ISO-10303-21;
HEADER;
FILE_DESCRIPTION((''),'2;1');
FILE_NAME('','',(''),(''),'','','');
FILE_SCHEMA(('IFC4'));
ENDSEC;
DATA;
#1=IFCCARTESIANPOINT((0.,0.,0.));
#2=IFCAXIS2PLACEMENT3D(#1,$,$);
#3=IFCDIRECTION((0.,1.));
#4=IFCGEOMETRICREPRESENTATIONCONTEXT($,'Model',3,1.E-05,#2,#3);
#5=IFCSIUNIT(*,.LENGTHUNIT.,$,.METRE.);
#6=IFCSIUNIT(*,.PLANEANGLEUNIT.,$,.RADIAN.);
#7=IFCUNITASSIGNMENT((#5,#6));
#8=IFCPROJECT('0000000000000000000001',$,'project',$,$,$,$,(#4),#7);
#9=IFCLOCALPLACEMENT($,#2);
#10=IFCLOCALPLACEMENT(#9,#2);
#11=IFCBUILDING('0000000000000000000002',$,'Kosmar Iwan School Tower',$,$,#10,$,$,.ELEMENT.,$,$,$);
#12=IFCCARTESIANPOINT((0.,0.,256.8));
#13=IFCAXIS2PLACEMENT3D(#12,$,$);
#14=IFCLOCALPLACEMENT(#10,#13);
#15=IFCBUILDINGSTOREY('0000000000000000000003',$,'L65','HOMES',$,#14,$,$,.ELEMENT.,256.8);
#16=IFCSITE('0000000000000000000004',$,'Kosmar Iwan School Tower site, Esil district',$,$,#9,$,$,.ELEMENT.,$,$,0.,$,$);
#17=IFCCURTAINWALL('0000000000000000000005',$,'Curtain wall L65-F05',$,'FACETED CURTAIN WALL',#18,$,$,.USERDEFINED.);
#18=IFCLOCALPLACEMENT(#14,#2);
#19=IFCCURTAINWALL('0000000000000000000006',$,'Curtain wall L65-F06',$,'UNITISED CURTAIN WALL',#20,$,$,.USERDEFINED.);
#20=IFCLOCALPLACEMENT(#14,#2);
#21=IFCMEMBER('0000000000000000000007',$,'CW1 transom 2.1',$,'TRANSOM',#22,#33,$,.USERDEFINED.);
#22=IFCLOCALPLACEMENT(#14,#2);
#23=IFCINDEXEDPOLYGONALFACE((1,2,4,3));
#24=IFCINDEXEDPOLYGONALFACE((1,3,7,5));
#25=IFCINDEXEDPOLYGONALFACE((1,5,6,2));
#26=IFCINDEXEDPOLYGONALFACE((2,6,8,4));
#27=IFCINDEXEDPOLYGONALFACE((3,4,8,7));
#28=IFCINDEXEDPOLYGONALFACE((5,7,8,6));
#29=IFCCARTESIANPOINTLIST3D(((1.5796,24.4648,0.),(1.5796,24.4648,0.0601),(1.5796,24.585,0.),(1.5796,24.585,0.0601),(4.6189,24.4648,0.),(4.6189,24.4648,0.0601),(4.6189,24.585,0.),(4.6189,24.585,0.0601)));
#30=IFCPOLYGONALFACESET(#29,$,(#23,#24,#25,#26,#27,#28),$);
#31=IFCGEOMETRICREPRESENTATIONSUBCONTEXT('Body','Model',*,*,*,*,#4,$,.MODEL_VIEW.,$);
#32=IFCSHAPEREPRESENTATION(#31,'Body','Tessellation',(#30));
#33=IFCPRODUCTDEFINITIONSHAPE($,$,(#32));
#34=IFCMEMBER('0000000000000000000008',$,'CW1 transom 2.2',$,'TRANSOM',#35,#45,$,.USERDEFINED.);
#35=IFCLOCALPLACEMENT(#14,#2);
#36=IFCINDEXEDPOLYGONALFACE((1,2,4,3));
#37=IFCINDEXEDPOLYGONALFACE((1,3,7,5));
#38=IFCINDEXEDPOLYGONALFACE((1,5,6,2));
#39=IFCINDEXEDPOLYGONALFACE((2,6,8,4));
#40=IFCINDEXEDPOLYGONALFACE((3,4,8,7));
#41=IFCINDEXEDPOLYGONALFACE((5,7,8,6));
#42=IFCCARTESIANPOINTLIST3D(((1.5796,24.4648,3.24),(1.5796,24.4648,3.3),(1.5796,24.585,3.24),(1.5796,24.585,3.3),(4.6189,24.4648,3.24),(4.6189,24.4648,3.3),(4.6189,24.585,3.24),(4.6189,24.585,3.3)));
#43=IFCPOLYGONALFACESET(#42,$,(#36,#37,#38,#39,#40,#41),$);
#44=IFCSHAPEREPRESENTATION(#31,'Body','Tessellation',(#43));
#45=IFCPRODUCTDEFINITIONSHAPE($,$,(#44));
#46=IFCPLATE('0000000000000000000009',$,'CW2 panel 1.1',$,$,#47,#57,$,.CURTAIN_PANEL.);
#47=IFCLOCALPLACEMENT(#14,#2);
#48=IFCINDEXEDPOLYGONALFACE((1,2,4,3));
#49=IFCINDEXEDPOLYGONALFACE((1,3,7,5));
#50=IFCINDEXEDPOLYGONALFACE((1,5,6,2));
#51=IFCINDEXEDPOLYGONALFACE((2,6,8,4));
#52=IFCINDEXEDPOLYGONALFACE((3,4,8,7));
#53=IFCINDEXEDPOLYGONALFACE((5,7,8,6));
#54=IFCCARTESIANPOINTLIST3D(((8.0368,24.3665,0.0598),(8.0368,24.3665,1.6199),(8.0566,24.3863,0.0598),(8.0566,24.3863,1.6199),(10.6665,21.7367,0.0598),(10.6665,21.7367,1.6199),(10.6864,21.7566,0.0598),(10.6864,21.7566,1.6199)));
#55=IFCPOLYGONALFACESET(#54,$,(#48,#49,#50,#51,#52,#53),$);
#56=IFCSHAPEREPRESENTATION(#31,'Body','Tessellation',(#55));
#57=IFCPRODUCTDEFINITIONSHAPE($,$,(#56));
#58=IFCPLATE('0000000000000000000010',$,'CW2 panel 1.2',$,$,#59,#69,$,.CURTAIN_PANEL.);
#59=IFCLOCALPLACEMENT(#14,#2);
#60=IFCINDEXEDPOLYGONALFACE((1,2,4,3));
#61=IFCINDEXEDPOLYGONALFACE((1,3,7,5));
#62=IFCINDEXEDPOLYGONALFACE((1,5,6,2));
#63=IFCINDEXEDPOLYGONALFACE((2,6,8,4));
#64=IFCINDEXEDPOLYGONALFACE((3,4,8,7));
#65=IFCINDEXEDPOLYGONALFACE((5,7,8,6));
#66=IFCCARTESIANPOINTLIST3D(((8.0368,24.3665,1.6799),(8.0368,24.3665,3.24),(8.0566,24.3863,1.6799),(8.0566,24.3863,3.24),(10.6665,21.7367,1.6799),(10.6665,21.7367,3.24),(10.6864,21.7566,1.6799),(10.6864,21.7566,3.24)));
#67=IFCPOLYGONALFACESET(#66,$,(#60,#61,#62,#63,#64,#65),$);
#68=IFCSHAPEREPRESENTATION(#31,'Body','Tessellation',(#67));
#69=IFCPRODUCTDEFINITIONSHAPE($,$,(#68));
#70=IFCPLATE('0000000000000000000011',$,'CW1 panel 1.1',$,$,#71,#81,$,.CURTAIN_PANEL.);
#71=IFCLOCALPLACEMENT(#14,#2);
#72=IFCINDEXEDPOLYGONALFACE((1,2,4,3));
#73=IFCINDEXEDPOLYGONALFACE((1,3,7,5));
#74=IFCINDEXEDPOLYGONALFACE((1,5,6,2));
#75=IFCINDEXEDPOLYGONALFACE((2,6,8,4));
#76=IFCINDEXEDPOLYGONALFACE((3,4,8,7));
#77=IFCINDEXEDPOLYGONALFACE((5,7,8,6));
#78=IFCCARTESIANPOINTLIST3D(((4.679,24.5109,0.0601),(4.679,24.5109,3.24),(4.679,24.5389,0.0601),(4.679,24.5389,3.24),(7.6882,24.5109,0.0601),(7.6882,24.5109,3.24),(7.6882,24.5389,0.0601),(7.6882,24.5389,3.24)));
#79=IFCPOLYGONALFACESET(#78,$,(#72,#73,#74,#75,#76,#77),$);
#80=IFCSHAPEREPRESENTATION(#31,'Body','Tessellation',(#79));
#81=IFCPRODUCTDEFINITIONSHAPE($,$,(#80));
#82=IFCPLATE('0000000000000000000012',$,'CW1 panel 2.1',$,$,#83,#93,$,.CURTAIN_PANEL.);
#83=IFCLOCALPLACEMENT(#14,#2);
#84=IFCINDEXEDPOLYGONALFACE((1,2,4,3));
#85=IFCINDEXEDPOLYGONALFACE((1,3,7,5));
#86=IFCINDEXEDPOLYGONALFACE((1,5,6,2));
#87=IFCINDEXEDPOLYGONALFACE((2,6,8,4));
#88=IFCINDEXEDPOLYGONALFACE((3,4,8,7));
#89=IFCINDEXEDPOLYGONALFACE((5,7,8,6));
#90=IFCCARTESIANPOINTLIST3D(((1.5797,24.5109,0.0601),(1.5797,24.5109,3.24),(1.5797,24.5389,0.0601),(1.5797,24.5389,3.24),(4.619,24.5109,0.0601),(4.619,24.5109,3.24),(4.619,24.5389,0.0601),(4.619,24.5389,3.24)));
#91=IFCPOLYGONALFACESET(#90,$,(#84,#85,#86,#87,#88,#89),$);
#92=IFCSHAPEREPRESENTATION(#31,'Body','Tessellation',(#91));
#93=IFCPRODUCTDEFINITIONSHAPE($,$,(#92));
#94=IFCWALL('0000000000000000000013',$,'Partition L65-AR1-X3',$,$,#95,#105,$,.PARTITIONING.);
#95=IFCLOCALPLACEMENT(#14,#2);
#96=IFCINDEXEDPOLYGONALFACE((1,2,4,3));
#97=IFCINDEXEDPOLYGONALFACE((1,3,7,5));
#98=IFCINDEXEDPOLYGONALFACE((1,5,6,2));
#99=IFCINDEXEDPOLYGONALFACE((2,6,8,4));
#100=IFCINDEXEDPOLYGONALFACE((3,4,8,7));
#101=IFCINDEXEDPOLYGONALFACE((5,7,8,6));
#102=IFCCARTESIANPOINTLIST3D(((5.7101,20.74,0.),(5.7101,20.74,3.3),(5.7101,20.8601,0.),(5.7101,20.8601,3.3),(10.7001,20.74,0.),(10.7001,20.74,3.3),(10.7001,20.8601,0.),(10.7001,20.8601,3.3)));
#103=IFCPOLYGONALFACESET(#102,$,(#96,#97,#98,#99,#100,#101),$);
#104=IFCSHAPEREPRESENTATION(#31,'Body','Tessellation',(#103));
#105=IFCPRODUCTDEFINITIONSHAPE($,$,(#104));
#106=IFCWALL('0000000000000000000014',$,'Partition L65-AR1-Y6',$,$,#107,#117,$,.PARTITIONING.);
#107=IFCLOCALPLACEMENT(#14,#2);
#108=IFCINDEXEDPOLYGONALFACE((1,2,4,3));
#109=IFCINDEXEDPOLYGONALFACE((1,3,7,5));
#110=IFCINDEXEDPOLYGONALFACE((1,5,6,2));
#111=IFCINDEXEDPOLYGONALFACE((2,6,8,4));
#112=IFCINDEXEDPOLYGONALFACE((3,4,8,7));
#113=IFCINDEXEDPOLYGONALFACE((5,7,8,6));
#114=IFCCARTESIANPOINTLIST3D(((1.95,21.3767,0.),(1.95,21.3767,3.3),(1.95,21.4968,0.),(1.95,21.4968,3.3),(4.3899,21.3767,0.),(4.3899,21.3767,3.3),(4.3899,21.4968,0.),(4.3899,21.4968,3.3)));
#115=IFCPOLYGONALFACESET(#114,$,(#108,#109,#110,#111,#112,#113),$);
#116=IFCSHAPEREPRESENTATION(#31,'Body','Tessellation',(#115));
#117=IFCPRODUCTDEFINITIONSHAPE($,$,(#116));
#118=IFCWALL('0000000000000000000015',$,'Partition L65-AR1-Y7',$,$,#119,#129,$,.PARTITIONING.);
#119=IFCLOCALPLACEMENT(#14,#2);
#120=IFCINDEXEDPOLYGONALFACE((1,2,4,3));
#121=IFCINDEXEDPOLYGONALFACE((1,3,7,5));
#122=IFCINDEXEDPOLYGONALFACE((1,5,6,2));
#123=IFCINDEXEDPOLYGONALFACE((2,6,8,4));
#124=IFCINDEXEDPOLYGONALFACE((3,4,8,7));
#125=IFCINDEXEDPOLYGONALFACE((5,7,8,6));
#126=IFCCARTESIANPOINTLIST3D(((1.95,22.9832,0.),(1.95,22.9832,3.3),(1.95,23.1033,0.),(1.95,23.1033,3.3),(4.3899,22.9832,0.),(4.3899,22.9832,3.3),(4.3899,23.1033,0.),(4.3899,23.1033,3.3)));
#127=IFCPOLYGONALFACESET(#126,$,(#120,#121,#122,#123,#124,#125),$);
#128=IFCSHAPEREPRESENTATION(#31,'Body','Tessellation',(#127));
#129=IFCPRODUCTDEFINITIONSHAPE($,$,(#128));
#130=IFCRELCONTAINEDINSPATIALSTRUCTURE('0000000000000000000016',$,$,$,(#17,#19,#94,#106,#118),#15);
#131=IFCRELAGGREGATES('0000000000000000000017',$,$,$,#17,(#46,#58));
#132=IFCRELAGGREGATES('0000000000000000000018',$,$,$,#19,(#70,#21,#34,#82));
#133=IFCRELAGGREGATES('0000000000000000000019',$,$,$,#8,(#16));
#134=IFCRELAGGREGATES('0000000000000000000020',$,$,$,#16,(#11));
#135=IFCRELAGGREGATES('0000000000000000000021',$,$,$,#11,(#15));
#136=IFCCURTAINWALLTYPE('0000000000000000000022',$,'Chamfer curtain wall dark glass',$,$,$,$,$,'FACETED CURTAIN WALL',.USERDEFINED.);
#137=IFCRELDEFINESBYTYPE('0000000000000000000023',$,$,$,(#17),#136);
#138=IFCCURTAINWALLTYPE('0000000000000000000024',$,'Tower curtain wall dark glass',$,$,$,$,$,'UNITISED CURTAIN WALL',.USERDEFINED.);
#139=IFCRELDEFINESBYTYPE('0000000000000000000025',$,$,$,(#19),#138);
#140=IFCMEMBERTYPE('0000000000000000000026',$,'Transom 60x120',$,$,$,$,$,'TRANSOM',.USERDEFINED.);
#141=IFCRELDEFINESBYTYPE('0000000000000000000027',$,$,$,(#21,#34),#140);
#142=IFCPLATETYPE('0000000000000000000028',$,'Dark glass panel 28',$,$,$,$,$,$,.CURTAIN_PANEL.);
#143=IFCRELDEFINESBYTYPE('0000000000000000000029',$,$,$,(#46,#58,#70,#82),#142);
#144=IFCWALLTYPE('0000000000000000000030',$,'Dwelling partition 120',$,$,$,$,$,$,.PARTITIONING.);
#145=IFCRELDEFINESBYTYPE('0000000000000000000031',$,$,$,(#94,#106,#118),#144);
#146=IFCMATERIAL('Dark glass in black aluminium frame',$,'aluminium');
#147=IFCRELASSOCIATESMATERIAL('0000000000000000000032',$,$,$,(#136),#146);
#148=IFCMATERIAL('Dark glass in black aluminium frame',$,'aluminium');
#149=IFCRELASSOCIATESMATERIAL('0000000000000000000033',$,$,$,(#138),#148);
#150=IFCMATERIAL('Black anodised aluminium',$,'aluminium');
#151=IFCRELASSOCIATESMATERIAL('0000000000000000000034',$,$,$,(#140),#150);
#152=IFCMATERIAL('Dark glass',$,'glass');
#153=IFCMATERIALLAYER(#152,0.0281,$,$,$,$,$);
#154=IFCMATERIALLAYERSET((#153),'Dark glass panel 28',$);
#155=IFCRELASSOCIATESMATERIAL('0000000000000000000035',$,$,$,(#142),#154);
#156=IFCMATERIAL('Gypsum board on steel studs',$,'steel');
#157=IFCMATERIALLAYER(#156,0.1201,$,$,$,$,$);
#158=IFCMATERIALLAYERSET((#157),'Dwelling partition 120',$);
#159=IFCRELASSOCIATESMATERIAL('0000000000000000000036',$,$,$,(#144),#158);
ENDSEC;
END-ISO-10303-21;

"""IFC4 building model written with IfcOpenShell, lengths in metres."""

from ifc_helpers import new_model, si_unit, direction, frame, frame_2d, origin, origin_2d, place, context, subcontext, project, spatial, rectangle, extrude, material, layer, layer_set, material_profile, profile_set, type_object, element, aggregate, save


model = new_model("IFC4")

# Units and contexts
model_context = context("Model", 3, precision=1e-05, world=origin(), true_north=direction((0.0, 1.0)))
body_context = subcontext(model_context, "Body", "Model", "MODEL_VIEW")
ifc_project = project(units=[si_unit("LENGTHUNIT", "METRE"), si_unit("PLANEANGLEUNIT", "RADIAN")], contexts=[model_context])

# Site, building, storey
site_placement = place(None, origin())
site = spatial("IfcSite", under=ifc_project, at=site_placement, Name="Kosmar Iwan School Tower site, Esil district", CompositionType="ELEMENT", RefElevation=0.0)
building_placement = place(site_placement, origin())
building = spatial("IfcBuilding", under=site, at=building_placement, Name="Kosmar Iwan School Tower", CompositionType="ELEMENT")
storey_placement = place(building_placement, frame((0.0, 0.0, 256.8)))
storey = spatial("IfcBuildingStorey", under=building, at=storey_placement, Name="L65", Description="HOMES", CompositionType="ELEMENT", Elevation=256.8)

# Curtain walls
ifc_material_1 = material(Name="Dark glass in black aluminium frame", Category="aluminium")
curtain_wall_type_1 = type_object("IfcCurtainWallType", Name="Chamfer curtain wall dark glass", ElementType="FACETED CURTAIN WALL", PredefinedType="USERDEFINED", material=ifc_material_1)
curtain_wall_1_placement = place(storey_placement, origin())
curtain_wall_1 = element("IfcCurtainWall", 1, at=curtain_wall_1_placement, inside=storey, type_object=curtain_wall_type_1, Name="Curtain wall L65-F05", ObjectType="FACETED CURTAIN WALL", PredefinedType="USERDEFINED")
ifc_material_2 = material(Name="Dark glass in black aluminium frame", Category="aluminium")
curtain_wall_type_2 = type_object("IfcCurtainWallType", Name="Tower curtain wall dark glass", ElementType="UNITISED CURTAIN WALL", PredefinedType="USERDEFINED", material=ifc_material_2)
curtain_wall_2_placement = place(storey_placement, origin())
curtain_wall_2 = element("IfcCurtainWall", 2, at=curtain_wall_2_placement, inside=storey, type_object=curtain_wall_type_2, Name="Curtain wall L65-F06", ObjectType="UNITISED CURTAIN WALL", PredefinedType="USERDEFINED")

# Members
ifc_material_3 = material(Name="Black anodised aluminium", Category="aluminium")
ifc_material_profile_1 = material_profile(ifc_material_3, rectangle(XDim=0.1201, YDim=0.0601, at=origin_2d()), Name="TRANSOM 60x120")
ifc_profile_set_1 = profile_set([ifc_material_profile_1], Name="Black anodised aluminium")
member_type_1 = type_object("IfcMemberType", Name="Transom 60x120", ElementType="TRANSOM", PredefinedType="USERDEFINED", material=ifc_profile_set_1)
member_1_placement = place(storey_placement, frame((4.6189, 24.5249, 0.03), z_axis=(-1.0, 0.0, 0.0), x_axis=(0.0, -1.0, 0.0)))
member_1 = element("IfcMember", 3, at=member_1_placement, type_object=member_type_1, Name="CW1 transom 2.1", ObjectType="TRANSOM", PredefinedType="USERDEFINED", context=body_context, shape_type="SweptSolid", body=[
    extrude(rectangle(XDim=0.1201, YDim=0.0601, at=origin_2d()), origin(), (0.0, 0.0, 1.0), 3.0393),
])
member_2_placement = place(storey_placement, frame((4.6189, 24.5249, 3.27), z_axis=(-1.0, 0.0, 0.0), x_axis=(0.0, -1.0, 0.0)))
member_2 = element("IfcMember", 4, at=member_2_placement, type_object=member_type_1, Name="CW1 transom 2.2", ObjectType="TRANSOM", PredefinedType="USERDEFINED", context=body_context, shape_type="SweptSolid", body=[
    extrude(rectangle(XDim=0.1201, YDim=0.0601, at=origin_2d()), origin(), (0.0, 0.0, 1.0), 3.0393),
])

# Plates
ifc_material_4 = material(Name="Dark glass", Category="glass")
ifc_layer_1 = layer(ifc_material_4, 0.0281)
ifc_layer_set_1 = layer_set([ifc_layer_1], Name="Dark glass panel 28")
plate_type = type_object("IfcPlateType", Name="Dark glass panel 28", PredefinedType="CURTAIN_PANEL", material=ifc_layer_set_1)
plate_1_placement = place(storey_placement, frame((9.3616, 23.0615, 0.0598), z_axis=(0.0, 0.0, 1.0), x_axis=(-0.707107, 0.707107, 0.0)))
plate_1 = element("IfcPlate", 5, at=plate_1_placement, type_object=plate_type, Name="CW2 panel 1.1", PredefinedType="CURTAIN_PANEL", context=body_context, shape_type="SweptSolid", body=[
    extrude(rectangle(XDim=3.719, YDim=0.0281, at=origin_2d()), origin(), (0.0, 0.0, 1.0), 1.5601),
])
plate_2_placement = place(storey_placement, frame((9.3616, 23.0615, 1.6799), z_axis=(0.0, 0.0, 1.0), x_axis=(-0.707107, 0.707107, 0.0)))
plate_2 = element("IfcPlate", 6, at=plate_2_placement, type_object=plate_type, Name="CW2 panel 1.2", PredefinedType="CURTAIN_PANEL", context=body_context, shape_type="SweptSolid", body=[
    extrude(rectangle(XDim=3.719, YDim=0.0281, at=origin_2d()), origin(), (0.0, 0.0, 1.0), 1.5601),
])
aggregate(curtain_wall_1, [plate_1, plate_2])
plate_3_placement = place(storey_placement, frame((6.1836, 24.5249, 0.0601), z_axis=(0.0, 0.0, 1.0), x_axis=(-1.0, 0.0, 0.0)))
plate_3 = element("IfcPlate", 7, at=plate_3_placement, type_object=plate_type, Name="CW1 panel 1.1", PredefinedType="CURTAIN_PANEL", context=body_context, shape_type="SweptSolid", body=[
    extrude(rectangle(XDim=3.0093, YDim=0.0281, at=origin_2d()), origin(), (0.0, 0.0, 1.0), 3.1799),
])
plate_4_placement = place(storey_placement, frame((3.0994, 24.5249, 0.0601), z_axis=(0.0, 0.0, 1.0), x_axis=(-1.0, 0.0, 0.0)))
plate_4 = element("IfcPlate", 8, at=plate_4_placement, type_object=plate_type, Name="CW1 panel 2.1", PredefinedType="CURTAIN_PANEL", context=body_context, shape_type="SweptSolid", body=[
    extrude(rectangle(XDim=3.0393, YDim=0.0281, at=origin_2d()), origin(), (0.0, 0.0, 1.0), 3.1799),
])
aggregate(curtain_wall_2, [plate_3, member_1, member_2, plate_4])

# Walls
ifc_material_5 = material(Name="Gypsum board on steel studs", Category="steel")
ifc_layer_2 = layer(ifc_material_5, 0.1201)
ifc_layer_set_2 = layer_set([ifc_layer_2], Name="Dwelling partition 120")
wall_type = type_object("IfcWallType", Name="Dwelling partition 120", PredefinedType="PARTITIONING", material=ifc_layer_set_2)
wall_placement = place(storey_placement, frame((5.71, 20.8, 0.0), z_axis=(0.0, 0.0, 1.0), x_axis=(1.0, 0.0, 0.0)))
element("IfcWall", 9, at=wall_placement, inside=storey, type_object=wall_type, Name="Partition L65-AR1-X3", PredefinedType="PARTITIONING", context=body_context, shape_type="SweptSolid", body=[
    extrude(rectangle(XDim=4.99, YDim=0.1201, at=frame_2d((2.4951, 0.0))), origin(), (0.0, 0.0, 1.0), 3.3),
])
for number, where, z_axis, x_axis, name in (
    (10, (1.95, 21.4368, 0.0), (0.0, 0.0, 1.0), (1.0, 0.0, 0.0), "Partition L65-AR1-Y6"),
    (11, (1.95, 23.0432, 0.0), (0.0, 0.0, 1.0), (1.0, 0.0, 0.0), "Partition L65-AR1-Y7"),
):
    element("IfcWall", number, at=place(storey_placement, frame(where, z_axis=z_axis, x_axis=x_axis)), inside=storey, type_object=wall_type, Name=name, PredefinedType="PARTITIONING", context=body_context, shape_type="SweptSolid", body=[
        extrude(rectangle(XDim=2.4399, YDim=0.1201, at=frame_2d((1.22, 0.0))), origin(), (0.0, 0.0, 1.0), 3.3),
    ])

save(model, "model.ifc")
